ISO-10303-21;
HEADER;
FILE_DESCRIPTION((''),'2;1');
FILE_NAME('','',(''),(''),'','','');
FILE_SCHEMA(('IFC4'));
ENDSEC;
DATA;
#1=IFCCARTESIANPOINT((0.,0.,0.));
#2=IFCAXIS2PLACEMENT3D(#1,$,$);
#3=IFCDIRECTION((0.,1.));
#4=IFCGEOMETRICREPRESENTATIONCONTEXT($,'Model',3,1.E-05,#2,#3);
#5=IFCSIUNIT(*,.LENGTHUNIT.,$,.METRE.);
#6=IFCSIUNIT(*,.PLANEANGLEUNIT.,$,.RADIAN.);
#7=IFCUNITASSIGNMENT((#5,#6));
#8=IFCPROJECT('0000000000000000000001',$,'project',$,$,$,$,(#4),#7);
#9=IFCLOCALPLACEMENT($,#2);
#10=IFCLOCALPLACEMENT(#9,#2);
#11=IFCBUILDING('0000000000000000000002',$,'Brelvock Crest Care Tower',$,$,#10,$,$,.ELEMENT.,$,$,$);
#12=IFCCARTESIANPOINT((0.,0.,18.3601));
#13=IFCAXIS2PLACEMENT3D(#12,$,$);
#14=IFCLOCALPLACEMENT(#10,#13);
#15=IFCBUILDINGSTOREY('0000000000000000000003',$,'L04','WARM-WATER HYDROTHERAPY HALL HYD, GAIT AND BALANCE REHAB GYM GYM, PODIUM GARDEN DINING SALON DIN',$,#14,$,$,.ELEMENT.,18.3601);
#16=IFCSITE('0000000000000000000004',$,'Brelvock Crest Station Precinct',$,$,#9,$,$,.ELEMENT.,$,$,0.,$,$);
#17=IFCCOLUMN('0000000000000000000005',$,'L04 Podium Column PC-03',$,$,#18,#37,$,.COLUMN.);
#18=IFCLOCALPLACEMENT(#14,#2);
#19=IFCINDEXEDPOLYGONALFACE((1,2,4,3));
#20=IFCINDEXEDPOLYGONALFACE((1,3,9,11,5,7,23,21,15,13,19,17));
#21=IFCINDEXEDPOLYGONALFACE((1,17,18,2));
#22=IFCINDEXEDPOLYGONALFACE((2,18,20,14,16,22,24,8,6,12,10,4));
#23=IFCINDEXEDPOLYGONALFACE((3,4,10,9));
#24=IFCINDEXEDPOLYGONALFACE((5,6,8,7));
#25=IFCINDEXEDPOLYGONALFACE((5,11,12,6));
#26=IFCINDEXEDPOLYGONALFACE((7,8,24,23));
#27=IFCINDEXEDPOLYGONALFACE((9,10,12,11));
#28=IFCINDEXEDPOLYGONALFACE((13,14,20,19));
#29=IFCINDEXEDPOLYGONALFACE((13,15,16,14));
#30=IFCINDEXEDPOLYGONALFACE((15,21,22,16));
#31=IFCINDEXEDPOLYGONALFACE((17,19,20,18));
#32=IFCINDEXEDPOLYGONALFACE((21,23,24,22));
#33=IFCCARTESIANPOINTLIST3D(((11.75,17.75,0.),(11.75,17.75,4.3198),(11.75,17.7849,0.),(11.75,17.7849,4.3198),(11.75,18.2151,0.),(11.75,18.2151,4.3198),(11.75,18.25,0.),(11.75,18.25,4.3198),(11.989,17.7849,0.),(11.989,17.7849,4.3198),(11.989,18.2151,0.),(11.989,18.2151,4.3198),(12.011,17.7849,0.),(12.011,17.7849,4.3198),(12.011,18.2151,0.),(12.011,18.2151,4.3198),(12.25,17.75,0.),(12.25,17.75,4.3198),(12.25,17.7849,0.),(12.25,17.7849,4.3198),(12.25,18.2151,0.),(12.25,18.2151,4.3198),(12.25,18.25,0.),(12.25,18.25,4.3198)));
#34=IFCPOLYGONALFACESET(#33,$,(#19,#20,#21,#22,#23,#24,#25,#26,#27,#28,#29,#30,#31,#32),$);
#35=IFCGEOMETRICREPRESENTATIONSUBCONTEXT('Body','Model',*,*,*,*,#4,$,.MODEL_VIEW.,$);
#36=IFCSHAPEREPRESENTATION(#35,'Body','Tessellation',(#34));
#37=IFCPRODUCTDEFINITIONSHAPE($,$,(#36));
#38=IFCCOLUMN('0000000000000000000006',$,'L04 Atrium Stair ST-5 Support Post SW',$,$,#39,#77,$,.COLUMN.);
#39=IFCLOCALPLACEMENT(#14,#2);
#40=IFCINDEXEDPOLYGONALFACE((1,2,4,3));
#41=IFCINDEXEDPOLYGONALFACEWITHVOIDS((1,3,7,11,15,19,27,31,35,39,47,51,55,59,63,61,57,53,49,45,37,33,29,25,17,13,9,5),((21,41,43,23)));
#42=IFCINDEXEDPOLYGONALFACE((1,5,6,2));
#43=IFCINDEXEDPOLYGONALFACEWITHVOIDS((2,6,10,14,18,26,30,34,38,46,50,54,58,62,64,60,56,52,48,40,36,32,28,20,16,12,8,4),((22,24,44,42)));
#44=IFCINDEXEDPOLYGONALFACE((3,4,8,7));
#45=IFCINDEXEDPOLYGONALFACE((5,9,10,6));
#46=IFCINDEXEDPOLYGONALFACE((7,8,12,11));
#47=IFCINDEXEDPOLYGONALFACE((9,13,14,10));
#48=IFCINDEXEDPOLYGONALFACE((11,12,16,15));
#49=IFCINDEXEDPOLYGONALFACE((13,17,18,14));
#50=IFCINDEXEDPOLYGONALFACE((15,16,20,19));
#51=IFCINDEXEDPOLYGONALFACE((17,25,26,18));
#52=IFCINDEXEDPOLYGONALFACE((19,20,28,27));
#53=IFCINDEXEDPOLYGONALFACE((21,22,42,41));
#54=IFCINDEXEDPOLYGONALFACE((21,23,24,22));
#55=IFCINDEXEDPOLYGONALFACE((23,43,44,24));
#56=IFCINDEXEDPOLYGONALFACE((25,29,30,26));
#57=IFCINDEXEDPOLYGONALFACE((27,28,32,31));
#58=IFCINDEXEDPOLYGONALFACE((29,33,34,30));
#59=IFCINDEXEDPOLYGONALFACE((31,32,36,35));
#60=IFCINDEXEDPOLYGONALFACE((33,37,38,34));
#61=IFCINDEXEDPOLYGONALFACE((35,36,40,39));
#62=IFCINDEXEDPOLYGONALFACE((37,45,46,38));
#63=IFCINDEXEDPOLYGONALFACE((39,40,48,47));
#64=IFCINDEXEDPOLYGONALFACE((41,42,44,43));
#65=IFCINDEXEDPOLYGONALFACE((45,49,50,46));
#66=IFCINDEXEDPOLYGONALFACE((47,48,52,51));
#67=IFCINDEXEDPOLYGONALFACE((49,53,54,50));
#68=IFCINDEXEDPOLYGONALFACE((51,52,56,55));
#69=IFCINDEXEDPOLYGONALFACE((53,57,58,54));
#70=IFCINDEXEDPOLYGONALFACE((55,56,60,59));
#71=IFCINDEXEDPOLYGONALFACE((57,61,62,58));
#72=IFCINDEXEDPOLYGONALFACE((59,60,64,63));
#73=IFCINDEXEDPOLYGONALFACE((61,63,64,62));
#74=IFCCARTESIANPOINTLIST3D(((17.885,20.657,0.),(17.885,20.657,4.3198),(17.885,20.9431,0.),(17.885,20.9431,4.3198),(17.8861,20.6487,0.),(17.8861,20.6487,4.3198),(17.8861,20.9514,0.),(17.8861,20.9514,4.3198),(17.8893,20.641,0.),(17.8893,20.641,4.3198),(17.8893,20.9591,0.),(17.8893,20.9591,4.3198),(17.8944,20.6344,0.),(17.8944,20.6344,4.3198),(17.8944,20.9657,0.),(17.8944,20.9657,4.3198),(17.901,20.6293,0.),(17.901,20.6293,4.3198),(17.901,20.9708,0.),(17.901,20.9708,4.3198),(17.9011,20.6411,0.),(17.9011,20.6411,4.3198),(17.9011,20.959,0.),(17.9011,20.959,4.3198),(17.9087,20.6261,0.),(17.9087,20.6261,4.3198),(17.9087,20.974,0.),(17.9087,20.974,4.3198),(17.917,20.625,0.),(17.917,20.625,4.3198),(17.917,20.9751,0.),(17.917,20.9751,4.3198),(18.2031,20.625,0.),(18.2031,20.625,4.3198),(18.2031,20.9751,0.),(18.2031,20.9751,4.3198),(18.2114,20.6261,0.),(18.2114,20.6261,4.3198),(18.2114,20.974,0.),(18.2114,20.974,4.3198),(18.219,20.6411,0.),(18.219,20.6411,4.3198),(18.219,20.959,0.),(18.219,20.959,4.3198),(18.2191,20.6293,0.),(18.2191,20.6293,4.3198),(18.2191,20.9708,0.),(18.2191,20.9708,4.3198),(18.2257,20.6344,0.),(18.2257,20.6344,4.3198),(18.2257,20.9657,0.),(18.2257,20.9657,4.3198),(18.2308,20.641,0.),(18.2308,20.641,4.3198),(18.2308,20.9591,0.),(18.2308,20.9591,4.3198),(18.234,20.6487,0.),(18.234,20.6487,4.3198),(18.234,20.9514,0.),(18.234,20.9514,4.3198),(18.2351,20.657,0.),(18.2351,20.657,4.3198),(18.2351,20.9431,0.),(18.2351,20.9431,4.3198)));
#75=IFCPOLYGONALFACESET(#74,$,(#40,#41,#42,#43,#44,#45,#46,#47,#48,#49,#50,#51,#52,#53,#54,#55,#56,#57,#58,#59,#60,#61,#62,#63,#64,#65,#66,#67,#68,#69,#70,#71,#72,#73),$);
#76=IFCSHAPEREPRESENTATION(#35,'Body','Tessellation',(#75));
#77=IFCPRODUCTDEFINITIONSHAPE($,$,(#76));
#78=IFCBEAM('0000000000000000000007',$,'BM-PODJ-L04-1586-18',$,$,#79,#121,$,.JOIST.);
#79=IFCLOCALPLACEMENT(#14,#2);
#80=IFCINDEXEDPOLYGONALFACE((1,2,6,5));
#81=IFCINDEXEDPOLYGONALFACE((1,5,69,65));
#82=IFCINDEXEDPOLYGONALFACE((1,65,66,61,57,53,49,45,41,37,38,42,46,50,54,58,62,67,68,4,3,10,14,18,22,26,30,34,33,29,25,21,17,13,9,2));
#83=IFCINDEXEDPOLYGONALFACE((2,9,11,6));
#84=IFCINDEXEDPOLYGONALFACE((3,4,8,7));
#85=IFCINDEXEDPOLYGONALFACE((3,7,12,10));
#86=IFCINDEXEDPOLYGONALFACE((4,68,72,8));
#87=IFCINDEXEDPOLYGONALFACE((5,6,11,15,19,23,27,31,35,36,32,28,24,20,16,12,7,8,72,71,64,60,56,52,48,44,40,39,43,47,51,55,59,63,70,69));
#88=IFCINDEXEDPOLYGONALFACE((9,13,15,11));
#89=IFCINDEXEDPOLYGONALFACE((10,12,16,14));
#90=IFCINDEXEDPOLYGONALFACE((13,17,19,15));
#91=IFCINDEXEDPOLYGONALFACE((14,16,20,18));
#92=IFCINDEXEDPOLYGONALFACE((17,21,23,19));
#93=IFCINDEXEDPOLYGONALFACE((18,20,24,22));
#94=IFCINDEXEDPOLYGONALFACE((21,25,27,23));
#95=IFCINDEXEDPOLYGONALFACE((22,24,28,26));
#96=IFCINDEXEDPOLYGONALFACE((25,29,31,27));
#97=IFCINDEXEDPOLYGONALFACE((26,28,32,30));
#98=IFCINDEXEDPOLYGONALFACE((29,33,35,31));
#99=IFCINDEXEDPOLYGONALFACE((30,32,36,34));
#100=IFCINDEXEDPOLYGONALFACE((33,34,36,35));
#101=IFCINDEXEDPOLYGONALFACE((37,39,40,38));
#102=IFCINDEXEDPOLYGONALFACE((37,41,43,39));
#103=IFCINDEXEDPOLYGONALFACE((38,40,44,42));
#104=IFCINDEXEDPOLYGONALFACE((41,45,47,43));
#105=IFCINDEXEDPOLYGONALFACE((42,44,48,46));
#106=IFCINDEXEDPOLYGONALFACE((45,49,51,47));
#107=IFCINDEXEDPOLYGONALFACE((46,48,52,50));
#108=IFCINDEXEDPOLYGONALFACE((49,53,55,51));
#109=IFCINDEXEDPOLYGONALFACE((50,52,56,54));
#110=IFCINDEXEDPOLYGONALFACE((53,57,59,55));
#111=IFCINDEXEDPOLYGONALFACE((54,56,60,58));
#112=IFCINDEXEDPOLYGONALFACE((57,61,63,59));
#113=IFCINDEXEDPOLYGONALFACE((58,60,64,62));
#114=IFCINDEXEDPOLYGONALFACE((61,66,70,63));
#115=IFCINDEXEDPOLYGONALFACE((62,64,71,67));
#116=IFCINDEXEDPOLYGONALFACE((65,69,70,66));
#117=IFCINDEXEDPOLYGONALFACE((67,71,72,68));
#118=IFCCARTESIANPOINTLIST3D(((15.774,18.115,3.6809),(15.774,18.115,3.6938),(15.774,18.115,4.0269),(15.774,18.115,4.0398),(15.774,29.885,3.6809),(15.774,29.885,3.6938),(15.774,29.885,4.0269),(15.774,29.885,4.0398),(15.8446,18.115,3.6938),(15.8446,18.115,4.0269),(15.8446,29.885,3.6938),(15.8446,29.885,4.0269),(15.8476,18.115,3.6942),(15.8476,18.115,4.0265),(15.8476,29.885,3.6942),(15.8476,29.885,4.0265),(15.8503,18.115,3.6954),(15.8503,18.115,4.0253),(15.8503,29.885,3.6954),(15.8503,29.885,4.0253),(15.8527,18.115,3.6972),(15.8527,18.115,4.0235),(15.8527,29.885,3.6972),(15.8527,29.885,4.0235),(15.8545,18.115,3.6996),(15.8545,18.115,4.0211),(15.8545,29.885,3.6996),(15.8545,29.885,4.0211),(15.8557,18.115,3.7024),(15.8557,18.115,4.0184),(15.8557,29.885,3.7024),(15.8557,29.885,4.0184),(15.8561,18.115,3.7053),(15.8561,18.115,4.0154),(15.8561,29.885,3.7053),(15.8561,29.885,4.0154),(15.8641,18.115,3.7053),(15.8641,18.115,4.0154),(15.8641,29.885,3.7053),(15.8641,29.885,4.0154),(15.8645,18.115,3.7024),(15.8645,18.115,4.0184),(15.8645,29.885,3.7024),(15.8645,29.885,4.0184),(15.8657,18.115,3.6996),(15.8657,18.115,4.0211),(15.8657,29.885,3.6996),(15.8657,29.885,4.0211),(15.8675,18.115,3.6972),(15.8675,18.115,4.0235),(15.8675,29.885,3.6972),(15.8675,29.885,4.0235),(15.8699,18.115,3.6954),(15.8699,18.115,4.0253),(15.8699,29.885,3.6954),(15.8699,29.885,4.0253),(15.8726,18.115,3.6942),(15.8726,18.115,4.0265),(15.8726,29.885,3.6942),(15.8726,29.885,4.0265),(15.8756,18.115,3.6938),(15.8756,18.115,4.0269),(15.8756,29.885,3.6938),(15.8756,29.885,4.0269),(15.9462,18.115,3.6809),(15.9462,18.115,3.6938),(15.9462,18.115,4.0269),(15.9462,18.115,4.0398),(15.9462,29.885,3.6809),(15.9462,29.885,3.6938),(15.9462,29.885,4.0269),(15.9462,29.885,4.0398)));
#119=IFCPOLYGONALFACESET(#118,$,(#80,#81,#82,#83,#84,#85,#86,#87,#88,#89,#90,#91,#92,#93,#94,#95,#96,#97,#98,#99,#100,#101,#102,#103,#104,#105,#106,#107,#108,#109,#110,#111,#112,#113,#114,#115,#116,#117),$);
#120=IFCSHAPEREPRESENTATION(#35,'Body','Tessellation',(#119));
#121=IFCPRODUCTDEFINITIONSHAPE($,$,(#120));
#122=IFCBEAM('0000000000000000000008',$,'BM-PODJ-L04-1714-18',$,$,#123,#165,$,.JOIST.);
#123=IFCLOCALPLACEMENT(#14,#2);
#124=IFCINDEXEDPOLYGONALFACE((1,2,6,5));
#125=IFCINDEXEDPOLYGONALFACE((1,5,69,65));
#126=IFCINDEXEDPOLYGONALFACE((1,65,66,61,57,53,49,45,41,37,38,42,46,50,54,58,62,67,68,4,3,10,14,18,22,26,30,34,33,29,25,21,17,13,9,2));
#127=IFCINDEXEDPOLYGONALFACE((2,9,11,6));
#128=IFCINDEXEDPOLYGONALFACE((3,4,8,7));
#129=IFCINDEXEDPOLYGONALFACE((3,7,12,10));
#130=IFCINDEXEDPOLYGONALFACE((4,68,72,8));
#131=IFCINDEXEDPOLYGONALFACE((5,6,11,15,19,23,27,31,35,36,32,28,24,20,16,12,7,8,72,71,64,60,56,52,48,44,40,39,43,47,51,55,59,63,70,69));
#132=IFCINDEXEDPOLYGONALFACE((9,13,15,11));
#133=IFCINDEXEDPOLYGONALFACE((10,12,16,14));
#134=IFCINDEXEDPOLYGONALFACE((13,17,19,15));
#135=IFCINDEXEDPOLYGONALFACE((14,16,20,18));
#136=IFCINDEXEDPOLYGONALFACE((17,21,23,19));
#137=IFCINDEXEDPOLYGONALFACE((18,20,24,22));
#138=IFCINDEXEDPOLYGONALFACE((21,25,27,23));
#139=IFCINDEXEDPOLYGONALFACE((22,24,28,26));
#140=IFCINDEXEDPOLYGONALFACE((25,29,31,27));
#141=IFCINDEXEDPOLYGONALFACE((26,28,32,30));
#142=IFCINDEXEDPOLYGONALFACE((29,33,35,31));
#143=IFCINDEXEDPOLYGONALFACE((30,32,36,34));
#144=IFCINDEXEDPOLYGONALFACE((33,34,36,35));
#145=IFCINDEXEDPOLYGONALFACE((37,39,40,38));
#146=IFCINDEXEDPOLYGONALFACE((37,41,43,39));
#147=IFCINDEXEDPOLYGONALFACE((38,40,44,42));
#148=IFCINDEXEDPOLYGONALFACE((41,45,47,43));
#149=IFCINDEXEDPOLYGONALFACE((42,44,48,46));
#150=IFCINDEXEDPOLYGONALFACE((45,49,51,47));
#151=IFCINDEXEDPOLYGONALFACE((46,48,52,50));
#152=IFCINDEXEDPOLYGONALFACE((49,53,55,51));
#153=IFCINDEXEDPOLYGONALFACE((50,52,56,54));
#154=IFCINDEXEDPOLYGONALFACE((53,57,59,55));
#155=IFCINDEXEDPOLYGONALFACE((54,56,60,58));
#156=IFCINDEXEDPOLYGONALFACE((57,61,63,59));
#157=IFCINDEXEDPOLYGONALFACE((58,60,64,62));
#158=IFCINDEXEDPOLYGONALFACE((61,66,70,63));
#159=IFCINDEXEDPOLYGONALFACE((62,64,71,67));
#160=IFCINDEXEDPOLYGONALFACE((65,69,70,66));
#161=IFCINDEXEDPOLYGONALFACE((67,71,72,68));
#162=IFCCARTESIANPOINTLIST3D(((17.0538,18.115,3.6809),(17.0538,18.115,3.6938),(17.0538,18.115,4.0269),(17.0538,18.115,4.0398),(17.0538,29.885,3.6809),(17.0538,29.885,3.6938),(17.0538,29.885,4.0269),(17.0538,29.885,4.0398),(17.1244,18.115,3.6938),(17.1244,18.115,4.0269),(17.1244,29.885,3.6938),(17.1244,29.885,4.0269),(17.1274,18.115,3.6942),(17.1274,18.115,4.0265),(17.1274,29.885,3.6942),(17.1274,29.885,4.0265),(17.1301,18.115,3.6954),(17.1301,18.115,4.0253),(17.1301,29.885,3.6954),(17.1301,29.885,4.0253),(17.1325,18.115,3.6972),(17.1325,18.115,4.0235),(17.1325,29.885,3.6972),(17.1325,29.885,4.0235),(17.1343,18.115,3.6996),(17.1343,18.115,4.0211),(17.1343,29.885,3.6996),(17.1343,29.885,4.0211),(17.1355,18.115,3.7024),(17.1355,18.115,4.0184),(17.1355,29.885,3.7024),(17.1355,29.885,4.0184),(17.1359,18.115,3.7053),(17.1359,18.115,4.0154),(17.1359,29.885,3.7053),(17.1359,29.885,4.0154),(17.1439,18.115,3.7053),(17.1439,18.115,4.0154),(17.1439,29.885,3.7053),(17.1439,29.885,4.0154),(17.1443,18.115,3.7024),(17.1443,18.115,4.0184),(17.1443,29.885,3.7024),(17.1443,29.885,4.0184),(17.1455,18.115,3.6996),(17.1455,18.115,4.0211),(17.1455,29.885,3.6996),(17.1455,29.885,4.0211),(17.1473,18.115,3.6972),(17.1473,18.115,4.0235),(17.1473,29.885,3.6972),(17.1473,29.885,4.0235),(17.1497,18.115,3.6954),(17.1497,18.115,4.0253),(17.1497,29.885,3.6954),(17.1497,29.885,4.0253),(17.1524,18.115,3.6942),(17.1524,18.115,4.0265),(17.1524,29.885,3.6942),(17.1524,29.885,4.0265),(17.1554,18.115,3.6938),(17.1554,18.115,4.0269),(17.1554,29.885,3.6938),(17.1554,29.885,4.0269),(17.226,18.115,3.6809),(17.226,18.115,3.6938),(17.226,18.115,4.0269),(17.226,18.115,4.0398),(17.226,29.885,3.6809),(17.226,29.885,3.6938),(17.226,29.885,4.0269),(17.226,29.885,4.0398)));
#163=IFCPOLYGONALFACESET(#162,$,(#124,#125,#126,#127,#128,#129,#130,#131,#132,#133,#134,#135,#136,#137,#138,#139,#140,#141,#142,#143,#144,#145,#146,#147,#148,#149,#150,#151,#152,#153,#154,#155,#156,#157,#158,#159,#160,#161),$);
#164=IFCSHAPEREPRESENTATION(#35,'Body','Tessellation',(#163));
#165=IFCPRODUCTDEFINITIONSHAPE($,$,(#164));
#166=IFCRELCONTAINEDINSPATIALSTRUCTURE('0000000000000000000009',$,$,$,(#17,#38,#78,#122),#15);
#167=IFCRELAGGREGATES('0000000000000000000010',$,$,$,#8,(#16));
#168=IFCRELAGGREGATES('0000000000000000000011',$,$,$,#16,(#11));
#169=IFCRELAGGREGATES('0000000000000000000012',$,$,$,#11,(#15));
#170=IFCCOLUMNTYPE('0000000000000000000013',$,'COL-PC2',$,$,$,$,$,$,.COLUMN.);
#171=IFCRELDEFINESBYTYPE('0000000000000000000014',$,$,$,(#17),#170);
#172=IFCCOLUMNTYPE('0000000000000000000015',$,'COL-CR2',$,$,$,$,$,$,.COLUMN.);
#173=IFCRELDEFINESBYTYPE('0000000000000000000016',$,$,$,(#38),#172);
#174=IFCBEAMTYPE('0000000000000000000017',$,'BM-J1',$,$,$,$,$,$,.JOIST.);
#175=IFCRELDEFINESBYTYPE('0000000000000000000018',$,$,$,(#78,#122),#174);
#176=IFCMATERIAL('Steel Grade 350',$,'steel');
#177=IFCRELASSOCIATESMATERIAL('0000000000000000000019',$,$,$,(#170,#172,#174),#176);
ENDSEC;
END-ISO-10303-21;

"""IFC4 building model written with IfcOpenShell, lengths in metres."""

from ifc_helpers import new_model, si_unit, direction, frame, origin, origin_2d, place, context, subcontext, project, spatial, hollow_rectangle, i_section, extrude, source, transform, mapped, material, material_profile, profile_set, type_object, element, save


model = new_model("IFC4")

# Units and contexts
model_context = context("Model", 3, precision=1e-05, world=origin(), true_north=direction((0.0, 1.0)))
body_context = subcontext(model_context, "Body", "Model", "MODEL_VIEW")
ifc_project = project(units=[si_unit("LENGTHUNIT", "METRE"), si_unit("PLANEANGLEUNIT", "RADIAN")], contexts=[model_context])

# Site, building, storey
site_placement = place(None, origin())
site = spatial("IfcSite", under=ifc_project, at=site_placement, Name="Brelvock Crest Station Precinct", CompositionType="ELEMENT", RefElevation=0.0)
building_placement = place(site_placement, origin())
building = spatial("IfcBuilding", under=site, at=building_placement, Name="Brelvock Crest Care Tower", CompositionType="ELEMENT")
storey_placement = place(building_placement, frame((0.0, 0.0, 18.3601)))
storey = spatial("IfcBuildingStorey", under=building, at=storey_placement, Name="L04", Description="WARM-WATER HYDROTHERAPY HALL HYD, GAIT AND BALANCE REHAB GYM GYM, PODIUM GARDEN DINING SALON DIN", CompositionType="ELEMENT", Elevation=18.3601)

# Columns
ifc_material_1 = material(Name="Steel Grade 350", Category="steel")
ifc_material_profile_1 = material_profile(ifc_material_1, i_section(OverallWidth=0.5, OverallDepth=0.5, WebThickness=0.022, FlangeThickness=0.0349, at=origin_2d()), Name="500WC340")
ifc_profile_set_1 = profile_set([ifc_material_profile_1], Name="Steel Grade 350")
column_type_1 = type_object("IfcColumnType", Name="COL-PC2", PredefinedType="COLUMN", material=ifc_profile_set_1)
shared_shape_1 = source(origin(), body_context, "Body", "SweptSolid", [
    extrude(i_section(OverallWidth=0.5, OverallDepth=0.5, WebThickness=0.022, FlangeThickness=0.0349, at=origin_2d()), origin(), (0.0, 0.0, 1.0), 4.3198),
])
column_1_placement = place(storey_placement, frame((12.0, 18.0, 0.0), z_axis=(0.0, 0.0, 1.0), x_axis=(1.0, 0.0, 0.0)))
element("IfcColumn", 1, at=column_1_placement, inside=storey, type_object=column_type_1, Name="L04 Podium Column PC-03", PredefinedType="COLUMN", context=body_context, shape_type="MappedRepresentation", body=[
    mapped(shared_shape_1, transform((0.0, 0.0, 0.0), x_axis=(1.0, 0.0, 0.0), y_axis=(0.0, 1.0, 0.0), z_axis=(0.0, 0.0, 1.0), scale=1.0)),
])
ifc_material_profile_2 = material_profile(ifc_material_1, hollow_rectangle(XDim=0.3501, YDim=0.3501, WallThickness=0.0161, OuterFilletRadius=0.032, at=origin_2d()), Name="SHS350x350x16.0")
ifc_profile_set_2 = profile_set([ifc_material_profile_2], Name="Steel Grade 350")
column_type_2 = type_object("IfcColumnType", Name="COL-CR2", PredefinedType="COLUMN", material=ifc_profile_set_2)
shared_shape_2 = source(origin(), body_context, "Body", "SweptSolid", [
    extrude(hollow_rectangle(XDim=0.3501, YDim=0.3501, WallThickness=0.0161, OuterFilletRadius=0.032, at=origin_2d()), origin(), (0.0, 0.0, 1.0), 4.3198),
])
column_2_placement = place(storey_placement, frame((18.0601, 20.8, 0.0), z_axis=(0.0, 0.0, 1.0), x_axis=(1.0, 0.0, 0.0)))
element("IfcColumn", 2, at=column_2_placement, inside=storey, type_object=column_type_2, Name="L04 Atrium Stair ST-5 Support Post SW", PredefinedType="COLUMN", context=body_context, shape_type="MappedRepresentation", body=[
    mapped(shared_shape_2, transform((0.0, 0.0, 0.0), x_axis=(1.0, 0.0, 0.0), y_axis=(0.0, 1.0, 0.0), z_axis=(0.0, 0.0, 1.0), scale=1.0)),
])

# Beams
ifc_material_profile_3 = material_profile(ifc_material_1, i_section(OverallWidth=0.1721, OverallDepth=0.3589, WebThickness=0.0081, FlangeThickness=0.0129, FilletRadius=0.0115, at=origin_2d()), Name="360UB56.7")
ifc_profile_set_3 = profile_set([ifc_material_profile_3], Name="Steel Grade 350")
beam_type_1 = type_object("IfcBeamType", Name="BM-J1", PredefinedType="JOIST", material=ifc_profile_set_3)
shared_shape_3 = source(origin(), body_context, "Body", "SweptSolid", [
    extrude(i_section(OverallWidth=0.1721, OverallDepth=0.3589, WebThickness=0.0081, FlangeThickness=0.0129, FilletRadius=0.0115, at=origin_2d()), origin(), (0.0, 0.0, 1.0), 11.77),
])
for number, where, z_axis, x_axis, name in (
    (3, (15.8601, 18.115, 3.8604), (0.0, 1.0, 0.0), (-1.0, 0.0, 0.0), "BM-PODJ-L04-1586-18"),
    (4, (17.1399, 18.115, 3.8604), (0.0, 1.0, 0.0), (-1.0, 0.0, 0.0), "BM-PODJ-L04-1714-18"),
):
    element("IfcBeam", number, at=place(storey_placement, frame(where, z_axis=z_axis, x_axis=x_axis)), inside=storey, type_object=beam_type_1, Name=name, PredefinedType="JOIST", context=body_context, shape_type="MappedRepresentation", body=[
        mapped(shared_shape_3, transform((0.0, 0.0, 0.0), x_axis=(1.0, 0.0, 0.0), y_axis=(0.0, 1.0, 0.0), z_axis=(0.0, 0.0, 1.0), scale=1.0)),
    ])

save(model, "model.ifc")
